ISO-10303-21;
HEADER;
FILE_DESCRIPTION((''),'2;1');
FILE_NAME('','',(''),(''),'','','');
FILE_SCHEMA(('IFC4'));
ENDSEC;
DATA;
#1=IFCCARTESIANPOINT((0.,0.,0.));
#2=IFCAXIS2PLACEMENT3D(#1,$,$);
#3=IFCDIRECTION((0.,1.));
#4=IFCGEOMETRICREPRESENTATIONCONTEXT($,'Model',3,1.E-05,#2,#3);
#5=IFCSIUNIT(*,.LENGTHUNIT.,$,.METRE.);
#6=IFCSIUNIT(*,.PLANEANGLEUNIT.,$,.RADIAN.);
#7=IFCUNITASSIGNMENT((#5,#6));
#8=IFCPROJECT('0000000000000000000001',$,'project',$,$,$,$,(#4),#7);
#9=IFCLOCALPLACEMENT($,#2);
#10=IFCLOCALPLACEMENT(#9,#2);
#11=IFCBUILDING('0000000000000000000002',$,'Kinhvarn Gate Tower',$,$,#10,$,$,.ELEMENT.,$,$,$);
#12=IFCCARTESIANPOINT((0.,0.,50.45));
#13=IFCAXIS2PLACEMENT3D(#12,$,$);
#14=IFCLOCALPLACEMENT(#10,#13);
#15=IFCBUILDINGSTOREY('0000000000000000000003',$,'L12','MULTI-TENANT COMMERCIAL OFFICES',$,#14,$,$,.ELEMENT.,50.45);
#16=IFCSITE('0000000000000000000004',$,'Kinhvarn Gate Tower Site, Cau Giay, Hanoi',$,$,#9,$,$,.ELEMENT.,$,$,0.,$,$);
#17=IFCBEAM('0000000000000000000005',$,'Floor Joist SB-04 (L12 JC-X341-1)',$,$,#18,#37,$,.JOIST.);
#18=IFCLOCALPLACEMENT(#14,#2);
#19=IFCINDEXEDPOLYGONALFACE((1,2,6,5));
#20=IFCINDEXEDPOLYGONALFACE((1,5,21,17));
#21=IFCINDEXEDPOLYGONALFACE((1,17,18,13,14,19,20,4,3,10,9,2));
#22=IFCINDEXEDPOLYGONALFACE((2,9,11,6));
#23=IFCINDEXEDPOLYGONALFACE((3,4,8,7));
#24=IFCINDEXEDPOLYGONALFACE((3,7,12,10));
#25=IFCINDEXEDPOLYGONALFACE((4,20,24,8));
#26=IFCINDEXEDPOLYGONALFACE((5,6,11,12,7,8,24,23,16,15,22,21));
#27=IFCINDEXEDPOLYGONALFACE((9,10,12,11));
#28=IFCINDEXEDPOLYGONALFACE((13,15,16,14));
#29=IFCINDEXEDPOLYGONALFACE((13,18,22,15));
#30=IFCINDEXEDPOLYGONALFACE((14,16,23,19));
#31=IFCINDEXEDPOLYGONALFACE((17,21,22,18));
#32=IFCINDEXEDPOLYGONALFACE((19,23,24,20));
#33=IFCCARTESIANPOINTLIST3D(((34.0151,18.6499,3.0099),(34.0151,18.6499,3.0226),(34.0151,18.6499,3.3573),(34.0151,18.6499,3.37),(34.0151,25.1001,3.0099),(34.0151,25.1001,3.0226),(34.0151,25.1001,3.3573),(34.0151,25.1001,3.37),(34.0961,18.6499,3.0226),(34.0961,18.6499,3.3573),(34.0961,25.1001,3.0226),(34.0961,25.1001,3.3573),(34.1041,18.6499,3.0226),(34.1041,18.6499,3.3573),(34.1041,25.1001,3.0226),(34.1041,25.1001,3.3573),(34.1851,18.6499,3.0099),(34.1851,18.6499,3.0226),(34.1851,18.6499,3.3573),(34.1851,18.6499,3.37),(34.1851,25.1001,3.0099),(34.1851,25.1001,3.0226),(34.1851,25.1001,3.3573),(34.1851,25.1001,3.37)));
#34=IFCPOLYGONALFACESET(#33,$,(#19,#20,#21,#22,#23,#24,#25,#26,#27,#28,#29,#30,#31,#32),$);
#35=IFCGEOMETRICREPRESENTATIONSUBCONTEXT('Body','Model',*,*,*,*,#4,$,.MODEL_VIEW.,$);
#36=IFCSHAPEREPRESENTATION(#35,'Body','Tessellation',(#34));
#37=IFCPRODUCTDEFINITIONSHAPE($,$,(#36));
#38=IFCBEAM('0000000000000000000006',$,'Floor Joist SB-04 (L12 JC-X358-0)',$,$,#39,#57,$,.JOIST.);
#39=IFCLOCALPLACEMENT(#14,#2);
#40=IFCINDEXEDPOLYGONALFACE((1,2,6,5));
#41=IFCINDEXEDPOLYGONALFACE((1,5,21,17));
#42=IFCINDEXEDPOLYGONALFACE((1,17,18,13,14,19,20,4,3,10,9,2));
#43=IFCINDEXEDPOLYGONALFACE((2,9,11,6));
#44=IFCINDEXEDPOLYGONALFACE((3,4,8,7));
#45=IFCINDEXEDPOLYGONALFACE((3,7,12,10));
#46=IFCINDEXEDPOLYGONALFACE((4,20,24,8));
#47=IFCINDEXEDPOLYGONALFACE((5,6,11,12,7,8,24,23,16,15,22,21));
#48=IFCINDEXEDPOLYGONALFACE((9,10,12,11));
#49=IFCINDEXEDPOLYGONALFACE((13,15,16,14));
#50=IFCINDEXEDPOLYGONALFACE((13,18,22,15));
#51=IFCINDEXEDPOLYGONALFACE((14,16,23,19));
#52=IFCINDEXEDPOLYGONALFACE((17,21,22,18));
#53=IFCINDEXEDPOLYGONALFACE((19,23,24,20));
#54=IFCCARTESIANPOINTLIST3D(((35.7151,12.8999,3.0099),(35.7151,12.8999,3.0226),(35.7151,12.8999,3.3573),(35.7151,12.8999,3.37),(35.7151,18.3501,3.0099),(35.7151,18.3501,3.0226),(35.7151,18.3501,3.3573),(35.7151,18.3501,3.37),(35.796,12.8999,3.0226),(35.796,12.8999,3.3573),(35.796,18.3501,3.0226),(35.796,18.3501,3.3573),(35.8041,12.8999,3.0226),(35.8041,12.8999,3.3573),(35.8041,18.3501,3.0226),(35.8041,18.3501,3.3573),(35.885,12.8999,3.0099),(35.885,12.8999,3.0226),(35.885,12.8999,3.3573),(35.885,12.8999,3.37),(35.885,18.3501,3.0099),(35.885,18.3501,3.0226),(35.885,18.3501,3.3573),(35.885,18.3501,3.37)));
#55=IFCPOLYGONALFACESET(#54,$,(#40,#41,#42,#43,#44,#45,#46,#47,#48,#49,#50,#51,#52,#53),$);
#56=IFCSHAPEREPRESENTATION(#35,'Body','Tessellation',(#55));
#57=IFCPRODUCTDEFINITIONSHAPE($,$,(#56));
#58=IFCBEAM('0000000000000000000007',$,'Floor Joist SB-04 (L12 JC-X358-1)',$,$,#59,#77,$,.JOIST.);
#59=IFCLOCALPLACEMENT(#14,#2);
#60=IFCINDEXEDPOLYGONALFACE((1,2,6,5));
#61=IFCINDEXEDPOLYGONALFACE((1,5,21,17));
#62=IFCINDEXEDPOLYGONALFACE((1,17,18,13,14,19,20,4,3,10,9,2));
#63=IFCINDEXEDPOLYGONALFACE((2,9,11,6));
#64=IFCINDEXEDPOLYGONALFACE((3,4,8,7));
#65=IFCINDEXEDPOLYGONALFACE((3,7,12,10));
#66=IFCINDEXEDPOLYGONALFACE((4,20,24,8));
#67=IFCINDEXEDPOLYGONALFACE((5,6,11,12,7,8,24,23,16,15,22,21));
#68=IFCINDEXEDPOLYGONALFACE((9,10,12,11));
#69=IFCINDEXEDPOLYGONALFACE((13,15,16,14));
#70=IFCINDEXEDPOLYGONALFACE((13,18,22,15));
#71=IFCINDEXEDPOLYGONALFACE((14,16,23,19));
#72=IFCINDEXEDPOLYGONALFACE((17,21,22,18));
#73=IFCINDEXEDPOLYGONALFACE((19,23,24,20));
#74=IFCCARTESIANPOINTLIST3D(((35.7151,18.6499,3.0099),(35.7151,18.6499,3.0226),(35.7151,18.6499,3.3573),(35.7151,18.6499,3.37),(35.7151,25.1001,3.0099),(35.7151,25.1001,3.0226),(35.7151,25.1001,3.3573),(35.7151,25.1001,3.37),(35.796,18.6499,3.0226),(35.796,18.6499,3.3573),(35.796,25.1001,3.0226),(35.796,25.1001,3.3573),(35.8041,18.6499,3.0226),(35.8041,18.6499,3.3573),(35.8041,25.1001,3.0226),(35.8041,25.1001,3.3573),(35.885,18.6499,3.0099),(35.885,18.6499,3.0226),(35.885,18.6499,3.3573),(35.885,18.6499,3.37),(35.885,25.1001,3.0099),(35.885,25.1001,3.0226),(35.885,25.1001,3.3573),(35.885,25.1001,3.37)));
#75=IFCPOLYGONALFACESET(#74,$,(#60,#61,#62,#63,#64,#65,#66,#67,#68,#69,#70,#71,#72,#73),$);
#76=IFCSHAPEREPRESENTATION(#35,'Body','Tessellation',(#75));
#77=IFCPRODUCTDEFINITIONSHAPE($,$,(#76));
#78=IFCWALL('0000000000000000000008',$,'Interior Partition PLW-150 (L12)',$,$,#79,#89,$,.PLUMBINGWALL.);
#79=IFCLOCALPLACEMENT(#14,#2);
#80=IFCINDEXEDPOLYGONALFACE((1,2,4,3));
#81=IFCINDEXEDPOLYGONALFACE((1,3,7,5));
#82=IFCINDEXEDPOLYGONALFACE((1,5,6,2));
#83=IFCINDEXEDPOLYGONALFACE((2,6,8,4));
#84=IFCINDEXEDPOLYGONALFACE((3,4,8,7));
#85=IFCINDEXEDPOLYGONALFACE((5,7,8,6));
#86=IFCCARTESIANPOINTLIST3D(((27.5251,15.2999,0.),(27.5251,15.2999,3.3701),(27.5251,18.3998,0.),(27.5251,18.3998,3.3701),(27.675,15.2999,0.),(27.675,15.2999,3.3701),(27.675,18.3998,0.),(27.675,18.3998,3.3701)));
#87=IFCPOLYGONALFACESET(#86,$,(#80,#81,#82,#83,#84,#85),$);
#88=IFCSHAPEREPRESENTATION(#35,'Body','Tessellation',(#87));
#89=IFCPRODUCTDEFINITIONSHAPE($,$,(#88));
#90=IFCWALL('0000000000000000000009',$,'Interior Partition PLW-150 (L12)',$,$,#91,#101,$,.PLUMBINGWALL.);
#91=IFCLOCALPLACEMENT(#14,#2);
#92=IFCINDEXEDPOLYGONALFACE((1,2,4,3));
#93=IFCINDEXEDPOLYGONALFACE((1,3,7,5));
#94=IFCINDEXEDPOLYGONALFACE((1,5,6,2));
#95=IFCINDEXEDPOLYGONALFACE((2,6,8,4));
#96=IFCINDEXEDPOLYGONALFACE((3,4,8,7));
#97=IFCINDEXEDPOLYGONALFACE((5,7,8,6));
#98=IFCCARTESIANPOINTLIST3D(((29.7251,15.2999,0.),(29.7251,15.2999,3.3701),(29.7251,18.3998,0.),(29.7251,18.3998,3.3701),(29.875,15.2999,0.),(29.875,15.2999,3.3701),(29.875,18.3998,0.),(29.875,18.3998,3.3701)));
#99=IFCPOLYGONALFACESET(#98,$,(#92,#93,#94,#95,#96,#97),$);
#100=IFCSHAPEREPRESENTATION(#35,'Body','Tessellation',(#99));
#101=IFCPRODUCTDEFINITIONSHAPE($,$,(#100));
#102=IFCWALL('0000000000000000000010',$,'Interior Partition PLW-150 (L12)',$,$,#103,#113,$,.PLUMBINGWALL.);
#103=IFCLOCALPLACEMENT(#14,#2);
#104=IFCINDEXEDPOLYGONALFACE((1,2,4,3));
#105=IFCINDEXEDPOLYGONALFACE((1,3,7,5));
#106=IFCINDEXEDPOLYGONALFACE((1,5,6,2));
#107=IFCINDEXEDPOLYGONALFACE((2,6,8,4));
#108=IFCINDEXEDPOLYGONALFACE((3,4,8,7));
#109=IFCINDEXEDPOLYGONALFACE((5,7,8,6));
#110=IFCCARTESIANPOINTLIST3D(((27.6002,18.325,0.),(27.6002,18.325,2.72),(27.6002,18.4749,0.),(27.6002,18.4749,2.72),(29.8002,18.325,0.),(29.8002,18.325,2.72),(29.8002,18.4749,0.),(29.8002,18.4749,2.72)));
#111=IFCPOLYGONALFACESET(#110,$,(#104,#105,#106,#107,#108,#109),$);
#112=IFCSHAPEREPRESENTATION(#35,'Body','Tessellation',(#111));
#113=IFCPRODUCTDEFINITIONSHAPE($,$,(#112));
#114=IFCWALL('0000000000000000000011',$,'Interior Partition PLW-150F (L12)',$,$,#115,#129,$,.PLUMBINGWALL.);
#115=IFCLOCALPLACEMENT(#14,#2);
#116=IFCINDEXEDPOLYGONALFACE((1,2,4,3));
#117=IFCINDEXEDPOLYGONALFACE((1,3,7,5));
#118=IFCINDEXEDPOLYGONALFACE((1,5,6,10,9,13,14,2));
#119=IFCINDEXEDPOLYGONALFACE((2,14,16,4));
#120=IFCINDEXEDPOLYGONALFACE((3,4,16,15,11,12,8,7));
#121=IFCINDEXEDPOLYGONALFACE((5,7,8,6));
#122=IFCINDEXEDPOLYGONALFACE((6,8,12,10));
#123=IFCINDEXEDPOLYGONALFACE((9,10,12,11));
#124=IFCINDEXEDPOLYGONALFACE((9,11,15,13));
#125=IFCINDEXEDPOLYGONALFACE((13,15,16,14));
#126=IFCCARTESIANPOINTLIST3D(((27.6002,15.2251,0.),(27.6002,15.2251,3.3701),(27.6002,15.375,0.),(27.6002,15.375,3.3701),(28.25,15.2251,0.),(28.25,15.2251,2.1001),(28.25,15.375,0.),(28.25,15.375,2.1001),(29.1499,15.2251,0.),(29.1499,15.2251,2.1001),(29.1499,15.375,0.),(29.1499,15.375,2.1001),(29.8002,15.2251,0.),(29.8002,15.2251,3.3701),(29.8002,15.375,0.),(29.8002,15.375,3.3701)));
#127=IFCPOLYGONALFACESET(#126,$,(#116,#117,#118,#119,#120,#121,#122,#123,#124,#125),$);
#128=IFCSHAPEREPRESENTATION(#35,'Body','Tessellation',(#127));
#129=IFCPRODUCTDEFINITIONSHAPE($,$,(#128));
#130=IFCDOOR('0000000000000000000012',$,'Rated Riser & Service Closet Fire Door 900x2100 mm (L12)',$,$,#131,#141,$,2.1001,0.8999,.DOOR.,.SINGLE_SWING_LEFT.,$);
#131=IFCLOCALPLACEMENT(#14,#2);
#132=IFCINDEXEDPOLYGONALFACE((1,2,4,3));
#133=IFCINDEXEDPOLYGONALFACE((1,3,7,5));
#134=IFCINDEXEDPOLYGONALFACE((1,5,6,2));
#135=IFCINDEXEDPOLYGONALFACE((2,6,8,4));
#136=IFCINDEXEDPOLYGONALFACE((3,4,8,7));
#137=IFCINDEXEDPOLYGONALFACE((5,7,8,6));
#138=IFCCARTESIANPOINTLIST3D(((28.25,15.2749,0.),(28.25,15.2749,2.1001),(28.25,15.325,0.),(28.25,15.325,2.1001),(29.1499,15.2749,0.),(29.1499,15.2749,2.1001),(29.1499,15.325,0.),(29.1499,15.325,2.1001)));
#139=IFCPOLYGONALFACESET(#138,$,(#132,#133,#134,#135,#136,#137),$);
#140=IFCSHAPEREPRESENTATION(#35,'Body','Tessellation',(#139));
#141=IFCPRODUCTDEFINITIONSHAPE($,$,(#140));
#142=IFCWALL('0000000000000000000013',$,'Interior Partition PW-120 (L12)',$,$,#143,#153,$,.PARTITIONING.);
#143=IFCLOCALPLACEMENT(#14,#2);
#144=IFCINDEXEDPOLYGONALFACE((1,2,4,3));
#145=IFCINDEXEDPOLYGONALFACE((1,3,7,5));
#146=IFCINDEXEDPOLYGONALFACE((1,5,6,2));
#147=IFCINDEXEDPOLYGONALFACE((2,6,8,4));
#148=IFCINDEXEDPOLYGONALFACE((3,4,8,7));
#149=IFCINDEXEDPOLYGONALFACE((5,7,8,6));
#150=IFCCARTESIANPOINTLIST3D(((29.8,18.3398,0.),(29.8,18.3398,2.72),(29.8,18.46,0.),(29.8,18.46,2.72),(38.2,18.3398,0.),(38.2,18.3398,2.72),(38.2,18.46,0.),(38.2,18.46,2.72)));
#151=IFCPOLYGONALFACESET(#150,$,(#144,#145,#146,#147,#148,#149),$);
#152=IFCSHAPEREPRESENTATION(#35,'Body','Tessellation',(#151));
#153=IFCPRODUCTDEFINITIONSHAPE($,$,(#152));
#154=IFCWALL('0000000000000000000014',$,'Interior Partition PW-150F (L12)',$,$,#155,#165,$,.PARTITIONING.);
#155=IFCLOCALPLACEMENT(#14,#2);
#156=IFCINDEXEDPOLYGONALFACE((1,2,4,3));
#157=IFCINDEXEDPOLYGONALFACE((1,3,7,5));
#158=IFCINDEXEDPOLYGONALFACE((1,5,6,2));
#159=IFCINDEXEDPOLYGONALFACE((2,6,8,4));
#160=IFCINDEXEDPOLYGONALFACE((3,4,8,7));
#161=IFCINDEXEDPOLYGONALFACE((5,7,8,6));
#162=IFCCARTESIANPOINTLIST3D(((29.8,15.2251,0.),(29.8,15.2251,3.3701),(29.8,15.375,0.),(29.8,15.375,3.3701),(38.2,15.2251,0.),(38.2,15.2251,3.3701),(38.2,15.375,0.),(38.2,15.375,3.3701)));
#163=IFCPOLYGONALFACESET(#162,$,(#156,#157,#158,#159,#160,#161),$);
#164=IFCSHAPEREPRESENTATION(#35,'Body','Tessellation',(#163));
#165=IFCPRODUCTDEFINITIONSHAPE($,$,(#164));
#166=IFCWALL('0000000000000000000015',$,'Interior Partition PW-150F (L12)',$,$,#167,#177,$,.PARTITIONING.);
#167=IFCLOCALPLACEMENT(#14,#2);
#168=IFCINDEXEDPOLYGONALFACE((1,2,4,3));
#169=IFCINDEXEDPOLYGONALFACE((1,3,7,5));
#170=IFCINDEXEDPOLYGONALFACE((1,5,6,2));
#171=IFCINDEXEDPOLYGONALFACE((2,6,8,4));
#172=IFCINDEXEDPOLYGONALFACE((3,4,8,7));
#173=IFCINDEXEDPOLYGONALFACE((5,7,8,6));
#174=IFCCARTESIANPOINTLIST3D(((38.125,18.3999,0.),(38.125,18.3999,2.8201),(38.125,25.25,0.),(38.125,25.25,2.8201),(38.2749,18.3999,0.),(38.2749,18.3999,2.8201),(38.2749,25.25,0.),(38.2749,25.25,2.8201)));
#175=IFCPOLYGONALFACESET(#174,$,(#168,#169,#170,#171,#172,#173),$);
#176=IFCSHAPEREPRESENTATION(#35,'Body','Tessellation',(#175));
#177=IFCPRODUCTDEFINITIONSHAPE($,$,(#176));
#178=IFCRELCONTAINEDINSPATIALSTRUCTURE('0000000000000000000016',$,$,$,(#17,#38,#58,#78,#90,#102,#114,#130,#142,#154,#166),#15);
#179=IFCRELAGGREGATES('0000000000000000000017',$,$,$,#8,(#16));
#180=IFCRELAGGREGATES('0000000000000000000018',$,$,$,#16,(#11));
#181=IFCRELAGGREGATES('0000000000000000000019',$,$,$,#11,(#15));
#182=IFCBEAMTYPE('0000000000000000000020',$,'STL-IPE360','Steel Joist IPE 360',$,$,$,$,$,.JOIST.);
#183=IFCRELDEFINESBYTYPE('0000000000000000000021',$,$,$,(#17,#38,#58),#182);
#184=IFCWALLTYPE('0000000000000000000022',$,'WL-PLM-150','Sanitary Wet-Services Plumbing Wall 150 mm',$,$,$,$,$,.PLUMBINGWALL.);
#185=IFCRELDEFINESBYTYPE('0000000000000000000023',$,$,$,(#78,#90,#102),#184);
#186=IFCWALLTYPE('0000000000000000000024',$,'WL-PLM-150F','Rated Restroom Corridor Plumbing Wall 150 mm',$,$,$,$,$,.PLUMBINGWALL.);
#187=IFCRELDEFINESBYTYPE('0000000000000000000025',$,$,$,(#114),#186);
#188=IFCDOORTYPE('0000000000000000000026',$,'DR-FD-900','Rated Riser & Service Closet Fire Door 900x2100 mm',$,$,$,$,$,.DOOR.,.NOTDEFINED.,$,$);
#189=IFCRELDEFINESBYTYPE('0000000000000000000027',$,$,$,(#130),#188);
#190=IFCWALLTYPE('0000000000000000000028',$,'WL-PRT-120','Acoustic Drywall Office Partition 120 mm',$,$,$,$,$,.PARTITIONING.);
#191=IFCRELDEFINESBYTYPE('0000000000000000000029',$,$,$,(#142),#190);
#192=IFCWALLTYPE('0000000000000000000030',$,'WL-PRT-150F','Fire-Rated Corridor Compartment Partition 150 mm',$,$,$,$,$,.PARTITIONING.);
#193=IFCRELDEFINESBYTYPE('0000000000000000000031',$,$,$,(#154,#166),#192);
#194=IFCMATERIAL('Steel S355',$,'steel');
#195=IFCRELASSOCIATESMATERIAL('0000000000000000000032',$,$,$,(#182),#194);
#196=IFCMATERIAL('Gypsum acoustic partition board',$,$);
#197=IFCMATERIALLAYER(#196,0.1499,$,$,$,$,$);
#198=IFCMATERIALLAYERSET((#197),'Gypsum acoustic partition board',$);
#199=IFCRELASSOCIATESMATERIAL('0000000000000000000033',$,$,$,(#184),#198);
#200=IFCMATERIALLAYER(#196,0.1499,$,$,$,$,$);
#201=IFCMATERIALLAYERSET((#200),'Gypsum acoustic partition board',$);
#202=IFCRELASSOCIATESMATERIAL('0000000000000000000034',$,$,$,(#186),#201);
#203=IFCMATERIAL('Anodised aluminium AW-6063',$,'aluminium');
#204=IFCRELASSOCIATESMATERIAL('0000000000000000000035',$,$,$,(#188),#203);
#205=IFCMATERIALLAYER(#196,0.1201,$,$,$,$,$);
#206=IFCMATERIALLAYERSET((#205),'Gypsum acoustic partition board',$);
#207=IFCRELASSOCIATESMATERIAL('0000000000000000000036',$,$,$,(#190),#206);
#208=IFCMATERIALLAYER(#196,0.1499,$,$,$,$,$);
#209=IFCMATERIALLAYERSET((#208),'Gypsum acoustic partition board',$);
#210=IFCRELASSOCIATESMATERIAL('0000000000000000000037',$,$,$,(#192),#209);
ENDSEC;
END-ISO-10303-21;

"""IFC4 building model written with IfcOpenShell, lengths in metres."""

from ifc_helpers import new_model, si_unit, direction, frame, frame_2d, origin, origin_2d, place, context, subcontext, project, spatial, rectangle, i_section, extrude, material, layer, layer_set, material_profile, profile_set, type_object, element, fill, save


model = new_model("IFC4")

# Units and contexts
model_context = context("Model", 3, precision=1e-05, world=origin(), true_north=direction((0.0, 1.0)))
body_context = subcontext(model_context, "Body", "Model", "MODEL_VIEW")
ifc_project = project(units=[si_unit("LENGTHUNIT", "METRE"), si_unit("PLANEANGLEUNIT", "RADIAN")], contexts=[model_context])

# Site, building, storey
site_placement = place(None, origin())
site = spatial("IfcSite", under=ifc_project, at=site_placement, Name="Kinhvarn Gate Tower Site, Cau Giay, Hanoi", CompositionType="ELEMENT", RefElevation=0.0)
building_placement = place(site_placement, origin())
building = spatial("IfcBuilding", under=site, at=building_placement, Name="Kinhvarn Gate Tower", CompositionType="ELEMENT")
storey_placement = place(building_placement, frame((0.0, 0.0, 50.45)))
storey = spatial("IfcBuildingStorey", under=building, at=storey_placement, Name="L12", Description="MULTI-TENANT COMMERCIAL OFFICES", CompositionType="ELEMENT", Elevation=50.45)

# Beams
ifc_material_1 = material(Name="Steel S355", Category="steel")
ifc_material_profile_1 = material_profile(ifc_material_1, i_section(OverallWidth=0.1699, OverallDepth=0.3601, WebThickness=0.0081, FlangeThickness=0.0127, at=origin_2d()), Name="IPE 360")
ifc_profile_set_1 = profile_set([ifc_material_profile_1], Name="Steel S355")
beam_type_1 = type_object("IfcBeamType", Name="STL-IPE360", Description="Steel Joist IPE 360", PredefinedType="JOIST", material=ifc_profile_set_1)
beam_1_placement = place(storey_placement, frame((34.1001, 18.6499, 3.1899), z_axis=(0.0, 1.0, 0.0), x_axis=(-1.0, 0.0, 0.0)))
element("IfcBeam", 1, at=beam_1_placement, inside=storey, type_object=beam_type_1, Name="Floor Joist SB-04 (L12 JC-X341-1)", PredefinedType="JOIST", context=body_context, shape_type="SweptSolid", body=[
    extrude(i_section(OverallWidth=0.1699, OverallDepth=0.3601, WebThickness=0.0081, FlangeThickness=0.0127, at=origin_2d()), origin(), (0.0, 0.0, 1.0), 6.4502),
])
beam_2_placement = place(storey_placement, frame((35.8, 12.8999, 3.1899), z_axis=(0.0, 1.0, 0.0), x_axis=(-1.0, 0.0, 0.0)))
element("IfcBeam", 2, at=beam_2_placement, inside=storey, type_object=beam_type_1, Name="Floor Joist SB-04 (L12 JC-X358-0)", PredefinedType="JOIST", context=body_context, shape_type="SweptSolid", body=[
    extrude(i_section(OverallWidth=0.1699, OverallDepth=0.3601, WebThickness=0.0081, FlangeThickness=0.0127, at=origin_2d()), origin(), (0.0, 0.0, 1.0), 5.4502),
])
beam_3_placement = place(storey_placement, frame((35.8, 18.6499, 3.1899), z_axis=(0.0, 1.0, 0.0), x_axis=(-1.0, 0.0, 0.0)))
element("IfcBeam", 3, at=beam_3_placement, inside=storey, type_object=beam_type_1, Name="Floor Joist SB-04 (L12 JC-X358-1)", PredefinedType="JOIST", context=body_context, shape_type="SweptSolid", body=[
    extrude(i_section(OverallWidth=0.1699, OverallDepth=0.3601, WebThickness=0.0081, FlangeThickness=0.0127, at=origin_2d()), origin(), (0.0, 0.0, 1.0), 6.4502),
])

# Walls
ifc_material_2 = material(Name="Gypsum acoustic partition board")
ifc_layer_1 = layer(ifc_material_2, 0.1499)
ifc_layer_set_1 = layer_set([ifc_layer_1], Name="Gypsum acoustic partition board")
wall_type_1 = type_object("IfcWallType", Name="WL-PLM-150", Description="Sanitary Wet-Services Plumbing Wall 150 mm", PredefinedType="PLUMBINGWALL", material=ifc_layer_set_1)
for number, where, z_axis, x_axis, name in (
    (4, (27.6001, 15.3, 0.0), (0.0, 0.0, 1.0), (0.0, 1.0, 0.0), "Interior Partition PLW-150 (L12)"),
    (5, (29.8, 15.3, 0.0), (0.0, 0.0, 1.0), (0.0, 1.0, 0.0), "Interior Partition PLW-150 (L12)"),
):
    element("IfcWall", number, at=place(storey_placement, frame(where, z_axis=z_axis, x_axis=x_axis)), inside=storey, type_object=wall_type_1, Name=name, PredefinedType="PLUMBINGWALL", context=body_context, shape_type="SweptSolid", body=[
        extrude(rectangle(XDim=3.0999, YDim=0.1499, at=frame_2d((1.5498, 0.0))), origin(), (0.0, 0.0, 1.0), 3.3701),
    ])
wall_1_placement = place(storey_placement, frame((27.6001, 18.3999, 0.0), z_axis=(0.0, 0.0, 1.0), x_axis=(1.0, 0.0, 0.0)))
element("IfcWall", 6, at=wall_1_placement, inside=storey, type_object=wall_type_1, Name="Interior Partition PLW-150 (L12)", PredefinedType="PLUMBINGWALL", context=body_context, shape_type="SweptSolid", body=[
    extrude(rectangle(XDim=2.2, YDim=0.1499, at=frame_2d((1.1001, 0.0))), origin(), (0.0, 0.0, 1.0), 2.72),
])

# Wall, opening, door
ifc_layer_2 = layer(ifc_material_2, 0.1499)
ifc_layer_set_2 = layer_set([ifc_layer_2], Name="Gypsum acoustic partition board")
wall_type_2 = type_object("IfcWallType", Name="WL-PLM-150F", Description="Rated Restroom Corridor Plumbing Wall 150 mm", PredefinedType="PLUMBINGWALL", material=ifc_layer_set_2)
wall_2_placement = place(storey_placement, frame((27.6001, 15.3, 0.0), z_axis=(0.0, 0.0, 1.0), x_axis=(1.0, 0.0, 0.0)))
wall_2 = element("IfcWall", 7, at=wall_2_placement, inside=storey, type_object=wall_type_2, Name="Interior Partition PLW-150F (L12)", PredefinedType="PLUMBINGWALL", context=body_context, shape_type="SweptSolid", body=[
    extrude(rectangle(XDim=2.2, YDim=0.1499, at=frame_2d((1.1001, 0.0))), origin(), (0.0, 0.0, 1.0), 3.3701),
])
opening_1_placement = place(wall_2_placement, frame((0.6499, 0.0, 0.0)))
opening_1 = element("IfcOpeningElement", 8, at=opening_1_placement, cuts=wall_2, PredefinedType="OPENING", context=body_context, shape_type="SweptSolid", body=[
    extrude(rectangle(XDim=0.8999, YDim=2.1001, at=frame_2d((0.45, 1.05))), frame((0.0, 0.085, 0.0), z_axis=(0.0, -1.0, 0.0), x_axis=(1.0, 0.0, 0.0)), (0.0, 0.0, 1.0), 0.1699),
])
ifc_material_3 = material(Name="Anodised aluminium AW-6063", Category="aluminium")
door_type_1 = type_object("IfcDoorType", Name="DR-FD-900", Description="Rated Riser & Service Closet Fire Door 900x2100 mm", OperationType="NOTDEFINED", PredefinedType="DOOR", material=ifc_material_3)
door_1_placement = place(opening_1_placement, origin())
door_1 = element("IfcDoor", 9, at=door_1_placement, inside=storey, type_object=door_type_1, Name="Rated Riser & Service Closet Fire Door 900x2100 mm (L12)", OperationType="SINGLE_SWING_LEFT", OverallHeight=2.1001, OverallWidth=0.8999, PredefinedType="DOOR", context=body_context, shape_type="SweptSolid", body=[
    extrude(rectangle(XDim=0.8999, YDim=2.1001, at=frame_2d((0.45, 1.05))), frame((0.0, 0.0249, 0.0), z_axis=(0.0, -1.0, 0.0), x_axis=(1.0, 0.0, 0.0)), (0.0, 0.0, 1.0), 0.05),
])
fill(opening_1, door_1)

# Walls
ifc_layer_3 = layer(ifc_material_2, 0.1201)
ifc_layer_set_3 = layer_set([ifc_layer_3], Name="Gypsum acoustic partition board")
wall_type_3 = type_object("IfcWallType", Name="WL-PRT-120", Description="Acoustic Drywall Office Partition 120 mm", PredefinedType="PARTITIONING", material=ifc_layer_set_3)
wall_3_placement = place(storey_placement, frame((29.8, 18.3999, 0.0), z_axis=(0.0, 0.0, 1.0), x_axis=(1.0, 0.0, 0.0)))
element("IfcWall", 10, at=wall_3_placement, inside=storey, type_object=wall_type_3, Name="Interior Partition PW-120 (L12)", PredefinedType="PARTITIONING", context=body_context, shape_type="SweptSolid", body=[
    extrude(rectangle(XDim=8.3999, YDim=0.1201, at=frame_2d((4.2, 0.0))), origin(), (0.0, 0.0, 1.0), 2.72),
])
ifc_layer_4 = layer(ifc_material_2, 0.1499)
ifc_layer_set_4 = layer_set([ifc_layer_4], Name="Gypsum acoustic partition board")
wall_type_4 = type_object("IfcWallType", Name="WL-PRT-150F", Description="Fire-Rated Corridor Compartment Partition 150 mm", PredefinedType="PARTITIONING", material=ifc_layer_set_4)
wall_4_placement = place(storey_placement, frame((29.8, 15.3, 0.0), z_axis=(0.0, 0.0, 1.0), x_axis=(1.0, 0.0, 0.0)))
element("IfcWall", 11, at=wall_4_placement, inside=storey, type_object=wall_type_4, Name="Interior Partition PW-150F (L12)", PredefinedType="PARTITIONING", context=body_context, shape_type="SweptSolid", body=[
    extrude(rectangle(XDim=8.3999, YDim=0.1499, at=frame_2d((4.2, 0.0))), origin(), (0.0, 0.0, 1.0), 3.3701),
])

# Wall
wall_5_placement = place(storey_placement, frame((38.2, 18.3999, 0.0), z_axis=(0.0, 0.0, 1.0), x_axis=(0.0, 1.0, 0.0)))
element("IfcWall", 12, at=wall_5_placement, inside=storey, type_object=wall_type_4, Name="Interior Partition PW-150F (L12)", PredefinedType="PARTITIONING", context=body_context, shape_type="SweptSolid", body=[
    extrude(rectangle(XDim=6.8501, YDim=0.1499, at=frame_2d((3.425, 0.0))), origin(), (0.0, 0.0, 1.0), 2.8201),
])

save(model, "model.ifc")
